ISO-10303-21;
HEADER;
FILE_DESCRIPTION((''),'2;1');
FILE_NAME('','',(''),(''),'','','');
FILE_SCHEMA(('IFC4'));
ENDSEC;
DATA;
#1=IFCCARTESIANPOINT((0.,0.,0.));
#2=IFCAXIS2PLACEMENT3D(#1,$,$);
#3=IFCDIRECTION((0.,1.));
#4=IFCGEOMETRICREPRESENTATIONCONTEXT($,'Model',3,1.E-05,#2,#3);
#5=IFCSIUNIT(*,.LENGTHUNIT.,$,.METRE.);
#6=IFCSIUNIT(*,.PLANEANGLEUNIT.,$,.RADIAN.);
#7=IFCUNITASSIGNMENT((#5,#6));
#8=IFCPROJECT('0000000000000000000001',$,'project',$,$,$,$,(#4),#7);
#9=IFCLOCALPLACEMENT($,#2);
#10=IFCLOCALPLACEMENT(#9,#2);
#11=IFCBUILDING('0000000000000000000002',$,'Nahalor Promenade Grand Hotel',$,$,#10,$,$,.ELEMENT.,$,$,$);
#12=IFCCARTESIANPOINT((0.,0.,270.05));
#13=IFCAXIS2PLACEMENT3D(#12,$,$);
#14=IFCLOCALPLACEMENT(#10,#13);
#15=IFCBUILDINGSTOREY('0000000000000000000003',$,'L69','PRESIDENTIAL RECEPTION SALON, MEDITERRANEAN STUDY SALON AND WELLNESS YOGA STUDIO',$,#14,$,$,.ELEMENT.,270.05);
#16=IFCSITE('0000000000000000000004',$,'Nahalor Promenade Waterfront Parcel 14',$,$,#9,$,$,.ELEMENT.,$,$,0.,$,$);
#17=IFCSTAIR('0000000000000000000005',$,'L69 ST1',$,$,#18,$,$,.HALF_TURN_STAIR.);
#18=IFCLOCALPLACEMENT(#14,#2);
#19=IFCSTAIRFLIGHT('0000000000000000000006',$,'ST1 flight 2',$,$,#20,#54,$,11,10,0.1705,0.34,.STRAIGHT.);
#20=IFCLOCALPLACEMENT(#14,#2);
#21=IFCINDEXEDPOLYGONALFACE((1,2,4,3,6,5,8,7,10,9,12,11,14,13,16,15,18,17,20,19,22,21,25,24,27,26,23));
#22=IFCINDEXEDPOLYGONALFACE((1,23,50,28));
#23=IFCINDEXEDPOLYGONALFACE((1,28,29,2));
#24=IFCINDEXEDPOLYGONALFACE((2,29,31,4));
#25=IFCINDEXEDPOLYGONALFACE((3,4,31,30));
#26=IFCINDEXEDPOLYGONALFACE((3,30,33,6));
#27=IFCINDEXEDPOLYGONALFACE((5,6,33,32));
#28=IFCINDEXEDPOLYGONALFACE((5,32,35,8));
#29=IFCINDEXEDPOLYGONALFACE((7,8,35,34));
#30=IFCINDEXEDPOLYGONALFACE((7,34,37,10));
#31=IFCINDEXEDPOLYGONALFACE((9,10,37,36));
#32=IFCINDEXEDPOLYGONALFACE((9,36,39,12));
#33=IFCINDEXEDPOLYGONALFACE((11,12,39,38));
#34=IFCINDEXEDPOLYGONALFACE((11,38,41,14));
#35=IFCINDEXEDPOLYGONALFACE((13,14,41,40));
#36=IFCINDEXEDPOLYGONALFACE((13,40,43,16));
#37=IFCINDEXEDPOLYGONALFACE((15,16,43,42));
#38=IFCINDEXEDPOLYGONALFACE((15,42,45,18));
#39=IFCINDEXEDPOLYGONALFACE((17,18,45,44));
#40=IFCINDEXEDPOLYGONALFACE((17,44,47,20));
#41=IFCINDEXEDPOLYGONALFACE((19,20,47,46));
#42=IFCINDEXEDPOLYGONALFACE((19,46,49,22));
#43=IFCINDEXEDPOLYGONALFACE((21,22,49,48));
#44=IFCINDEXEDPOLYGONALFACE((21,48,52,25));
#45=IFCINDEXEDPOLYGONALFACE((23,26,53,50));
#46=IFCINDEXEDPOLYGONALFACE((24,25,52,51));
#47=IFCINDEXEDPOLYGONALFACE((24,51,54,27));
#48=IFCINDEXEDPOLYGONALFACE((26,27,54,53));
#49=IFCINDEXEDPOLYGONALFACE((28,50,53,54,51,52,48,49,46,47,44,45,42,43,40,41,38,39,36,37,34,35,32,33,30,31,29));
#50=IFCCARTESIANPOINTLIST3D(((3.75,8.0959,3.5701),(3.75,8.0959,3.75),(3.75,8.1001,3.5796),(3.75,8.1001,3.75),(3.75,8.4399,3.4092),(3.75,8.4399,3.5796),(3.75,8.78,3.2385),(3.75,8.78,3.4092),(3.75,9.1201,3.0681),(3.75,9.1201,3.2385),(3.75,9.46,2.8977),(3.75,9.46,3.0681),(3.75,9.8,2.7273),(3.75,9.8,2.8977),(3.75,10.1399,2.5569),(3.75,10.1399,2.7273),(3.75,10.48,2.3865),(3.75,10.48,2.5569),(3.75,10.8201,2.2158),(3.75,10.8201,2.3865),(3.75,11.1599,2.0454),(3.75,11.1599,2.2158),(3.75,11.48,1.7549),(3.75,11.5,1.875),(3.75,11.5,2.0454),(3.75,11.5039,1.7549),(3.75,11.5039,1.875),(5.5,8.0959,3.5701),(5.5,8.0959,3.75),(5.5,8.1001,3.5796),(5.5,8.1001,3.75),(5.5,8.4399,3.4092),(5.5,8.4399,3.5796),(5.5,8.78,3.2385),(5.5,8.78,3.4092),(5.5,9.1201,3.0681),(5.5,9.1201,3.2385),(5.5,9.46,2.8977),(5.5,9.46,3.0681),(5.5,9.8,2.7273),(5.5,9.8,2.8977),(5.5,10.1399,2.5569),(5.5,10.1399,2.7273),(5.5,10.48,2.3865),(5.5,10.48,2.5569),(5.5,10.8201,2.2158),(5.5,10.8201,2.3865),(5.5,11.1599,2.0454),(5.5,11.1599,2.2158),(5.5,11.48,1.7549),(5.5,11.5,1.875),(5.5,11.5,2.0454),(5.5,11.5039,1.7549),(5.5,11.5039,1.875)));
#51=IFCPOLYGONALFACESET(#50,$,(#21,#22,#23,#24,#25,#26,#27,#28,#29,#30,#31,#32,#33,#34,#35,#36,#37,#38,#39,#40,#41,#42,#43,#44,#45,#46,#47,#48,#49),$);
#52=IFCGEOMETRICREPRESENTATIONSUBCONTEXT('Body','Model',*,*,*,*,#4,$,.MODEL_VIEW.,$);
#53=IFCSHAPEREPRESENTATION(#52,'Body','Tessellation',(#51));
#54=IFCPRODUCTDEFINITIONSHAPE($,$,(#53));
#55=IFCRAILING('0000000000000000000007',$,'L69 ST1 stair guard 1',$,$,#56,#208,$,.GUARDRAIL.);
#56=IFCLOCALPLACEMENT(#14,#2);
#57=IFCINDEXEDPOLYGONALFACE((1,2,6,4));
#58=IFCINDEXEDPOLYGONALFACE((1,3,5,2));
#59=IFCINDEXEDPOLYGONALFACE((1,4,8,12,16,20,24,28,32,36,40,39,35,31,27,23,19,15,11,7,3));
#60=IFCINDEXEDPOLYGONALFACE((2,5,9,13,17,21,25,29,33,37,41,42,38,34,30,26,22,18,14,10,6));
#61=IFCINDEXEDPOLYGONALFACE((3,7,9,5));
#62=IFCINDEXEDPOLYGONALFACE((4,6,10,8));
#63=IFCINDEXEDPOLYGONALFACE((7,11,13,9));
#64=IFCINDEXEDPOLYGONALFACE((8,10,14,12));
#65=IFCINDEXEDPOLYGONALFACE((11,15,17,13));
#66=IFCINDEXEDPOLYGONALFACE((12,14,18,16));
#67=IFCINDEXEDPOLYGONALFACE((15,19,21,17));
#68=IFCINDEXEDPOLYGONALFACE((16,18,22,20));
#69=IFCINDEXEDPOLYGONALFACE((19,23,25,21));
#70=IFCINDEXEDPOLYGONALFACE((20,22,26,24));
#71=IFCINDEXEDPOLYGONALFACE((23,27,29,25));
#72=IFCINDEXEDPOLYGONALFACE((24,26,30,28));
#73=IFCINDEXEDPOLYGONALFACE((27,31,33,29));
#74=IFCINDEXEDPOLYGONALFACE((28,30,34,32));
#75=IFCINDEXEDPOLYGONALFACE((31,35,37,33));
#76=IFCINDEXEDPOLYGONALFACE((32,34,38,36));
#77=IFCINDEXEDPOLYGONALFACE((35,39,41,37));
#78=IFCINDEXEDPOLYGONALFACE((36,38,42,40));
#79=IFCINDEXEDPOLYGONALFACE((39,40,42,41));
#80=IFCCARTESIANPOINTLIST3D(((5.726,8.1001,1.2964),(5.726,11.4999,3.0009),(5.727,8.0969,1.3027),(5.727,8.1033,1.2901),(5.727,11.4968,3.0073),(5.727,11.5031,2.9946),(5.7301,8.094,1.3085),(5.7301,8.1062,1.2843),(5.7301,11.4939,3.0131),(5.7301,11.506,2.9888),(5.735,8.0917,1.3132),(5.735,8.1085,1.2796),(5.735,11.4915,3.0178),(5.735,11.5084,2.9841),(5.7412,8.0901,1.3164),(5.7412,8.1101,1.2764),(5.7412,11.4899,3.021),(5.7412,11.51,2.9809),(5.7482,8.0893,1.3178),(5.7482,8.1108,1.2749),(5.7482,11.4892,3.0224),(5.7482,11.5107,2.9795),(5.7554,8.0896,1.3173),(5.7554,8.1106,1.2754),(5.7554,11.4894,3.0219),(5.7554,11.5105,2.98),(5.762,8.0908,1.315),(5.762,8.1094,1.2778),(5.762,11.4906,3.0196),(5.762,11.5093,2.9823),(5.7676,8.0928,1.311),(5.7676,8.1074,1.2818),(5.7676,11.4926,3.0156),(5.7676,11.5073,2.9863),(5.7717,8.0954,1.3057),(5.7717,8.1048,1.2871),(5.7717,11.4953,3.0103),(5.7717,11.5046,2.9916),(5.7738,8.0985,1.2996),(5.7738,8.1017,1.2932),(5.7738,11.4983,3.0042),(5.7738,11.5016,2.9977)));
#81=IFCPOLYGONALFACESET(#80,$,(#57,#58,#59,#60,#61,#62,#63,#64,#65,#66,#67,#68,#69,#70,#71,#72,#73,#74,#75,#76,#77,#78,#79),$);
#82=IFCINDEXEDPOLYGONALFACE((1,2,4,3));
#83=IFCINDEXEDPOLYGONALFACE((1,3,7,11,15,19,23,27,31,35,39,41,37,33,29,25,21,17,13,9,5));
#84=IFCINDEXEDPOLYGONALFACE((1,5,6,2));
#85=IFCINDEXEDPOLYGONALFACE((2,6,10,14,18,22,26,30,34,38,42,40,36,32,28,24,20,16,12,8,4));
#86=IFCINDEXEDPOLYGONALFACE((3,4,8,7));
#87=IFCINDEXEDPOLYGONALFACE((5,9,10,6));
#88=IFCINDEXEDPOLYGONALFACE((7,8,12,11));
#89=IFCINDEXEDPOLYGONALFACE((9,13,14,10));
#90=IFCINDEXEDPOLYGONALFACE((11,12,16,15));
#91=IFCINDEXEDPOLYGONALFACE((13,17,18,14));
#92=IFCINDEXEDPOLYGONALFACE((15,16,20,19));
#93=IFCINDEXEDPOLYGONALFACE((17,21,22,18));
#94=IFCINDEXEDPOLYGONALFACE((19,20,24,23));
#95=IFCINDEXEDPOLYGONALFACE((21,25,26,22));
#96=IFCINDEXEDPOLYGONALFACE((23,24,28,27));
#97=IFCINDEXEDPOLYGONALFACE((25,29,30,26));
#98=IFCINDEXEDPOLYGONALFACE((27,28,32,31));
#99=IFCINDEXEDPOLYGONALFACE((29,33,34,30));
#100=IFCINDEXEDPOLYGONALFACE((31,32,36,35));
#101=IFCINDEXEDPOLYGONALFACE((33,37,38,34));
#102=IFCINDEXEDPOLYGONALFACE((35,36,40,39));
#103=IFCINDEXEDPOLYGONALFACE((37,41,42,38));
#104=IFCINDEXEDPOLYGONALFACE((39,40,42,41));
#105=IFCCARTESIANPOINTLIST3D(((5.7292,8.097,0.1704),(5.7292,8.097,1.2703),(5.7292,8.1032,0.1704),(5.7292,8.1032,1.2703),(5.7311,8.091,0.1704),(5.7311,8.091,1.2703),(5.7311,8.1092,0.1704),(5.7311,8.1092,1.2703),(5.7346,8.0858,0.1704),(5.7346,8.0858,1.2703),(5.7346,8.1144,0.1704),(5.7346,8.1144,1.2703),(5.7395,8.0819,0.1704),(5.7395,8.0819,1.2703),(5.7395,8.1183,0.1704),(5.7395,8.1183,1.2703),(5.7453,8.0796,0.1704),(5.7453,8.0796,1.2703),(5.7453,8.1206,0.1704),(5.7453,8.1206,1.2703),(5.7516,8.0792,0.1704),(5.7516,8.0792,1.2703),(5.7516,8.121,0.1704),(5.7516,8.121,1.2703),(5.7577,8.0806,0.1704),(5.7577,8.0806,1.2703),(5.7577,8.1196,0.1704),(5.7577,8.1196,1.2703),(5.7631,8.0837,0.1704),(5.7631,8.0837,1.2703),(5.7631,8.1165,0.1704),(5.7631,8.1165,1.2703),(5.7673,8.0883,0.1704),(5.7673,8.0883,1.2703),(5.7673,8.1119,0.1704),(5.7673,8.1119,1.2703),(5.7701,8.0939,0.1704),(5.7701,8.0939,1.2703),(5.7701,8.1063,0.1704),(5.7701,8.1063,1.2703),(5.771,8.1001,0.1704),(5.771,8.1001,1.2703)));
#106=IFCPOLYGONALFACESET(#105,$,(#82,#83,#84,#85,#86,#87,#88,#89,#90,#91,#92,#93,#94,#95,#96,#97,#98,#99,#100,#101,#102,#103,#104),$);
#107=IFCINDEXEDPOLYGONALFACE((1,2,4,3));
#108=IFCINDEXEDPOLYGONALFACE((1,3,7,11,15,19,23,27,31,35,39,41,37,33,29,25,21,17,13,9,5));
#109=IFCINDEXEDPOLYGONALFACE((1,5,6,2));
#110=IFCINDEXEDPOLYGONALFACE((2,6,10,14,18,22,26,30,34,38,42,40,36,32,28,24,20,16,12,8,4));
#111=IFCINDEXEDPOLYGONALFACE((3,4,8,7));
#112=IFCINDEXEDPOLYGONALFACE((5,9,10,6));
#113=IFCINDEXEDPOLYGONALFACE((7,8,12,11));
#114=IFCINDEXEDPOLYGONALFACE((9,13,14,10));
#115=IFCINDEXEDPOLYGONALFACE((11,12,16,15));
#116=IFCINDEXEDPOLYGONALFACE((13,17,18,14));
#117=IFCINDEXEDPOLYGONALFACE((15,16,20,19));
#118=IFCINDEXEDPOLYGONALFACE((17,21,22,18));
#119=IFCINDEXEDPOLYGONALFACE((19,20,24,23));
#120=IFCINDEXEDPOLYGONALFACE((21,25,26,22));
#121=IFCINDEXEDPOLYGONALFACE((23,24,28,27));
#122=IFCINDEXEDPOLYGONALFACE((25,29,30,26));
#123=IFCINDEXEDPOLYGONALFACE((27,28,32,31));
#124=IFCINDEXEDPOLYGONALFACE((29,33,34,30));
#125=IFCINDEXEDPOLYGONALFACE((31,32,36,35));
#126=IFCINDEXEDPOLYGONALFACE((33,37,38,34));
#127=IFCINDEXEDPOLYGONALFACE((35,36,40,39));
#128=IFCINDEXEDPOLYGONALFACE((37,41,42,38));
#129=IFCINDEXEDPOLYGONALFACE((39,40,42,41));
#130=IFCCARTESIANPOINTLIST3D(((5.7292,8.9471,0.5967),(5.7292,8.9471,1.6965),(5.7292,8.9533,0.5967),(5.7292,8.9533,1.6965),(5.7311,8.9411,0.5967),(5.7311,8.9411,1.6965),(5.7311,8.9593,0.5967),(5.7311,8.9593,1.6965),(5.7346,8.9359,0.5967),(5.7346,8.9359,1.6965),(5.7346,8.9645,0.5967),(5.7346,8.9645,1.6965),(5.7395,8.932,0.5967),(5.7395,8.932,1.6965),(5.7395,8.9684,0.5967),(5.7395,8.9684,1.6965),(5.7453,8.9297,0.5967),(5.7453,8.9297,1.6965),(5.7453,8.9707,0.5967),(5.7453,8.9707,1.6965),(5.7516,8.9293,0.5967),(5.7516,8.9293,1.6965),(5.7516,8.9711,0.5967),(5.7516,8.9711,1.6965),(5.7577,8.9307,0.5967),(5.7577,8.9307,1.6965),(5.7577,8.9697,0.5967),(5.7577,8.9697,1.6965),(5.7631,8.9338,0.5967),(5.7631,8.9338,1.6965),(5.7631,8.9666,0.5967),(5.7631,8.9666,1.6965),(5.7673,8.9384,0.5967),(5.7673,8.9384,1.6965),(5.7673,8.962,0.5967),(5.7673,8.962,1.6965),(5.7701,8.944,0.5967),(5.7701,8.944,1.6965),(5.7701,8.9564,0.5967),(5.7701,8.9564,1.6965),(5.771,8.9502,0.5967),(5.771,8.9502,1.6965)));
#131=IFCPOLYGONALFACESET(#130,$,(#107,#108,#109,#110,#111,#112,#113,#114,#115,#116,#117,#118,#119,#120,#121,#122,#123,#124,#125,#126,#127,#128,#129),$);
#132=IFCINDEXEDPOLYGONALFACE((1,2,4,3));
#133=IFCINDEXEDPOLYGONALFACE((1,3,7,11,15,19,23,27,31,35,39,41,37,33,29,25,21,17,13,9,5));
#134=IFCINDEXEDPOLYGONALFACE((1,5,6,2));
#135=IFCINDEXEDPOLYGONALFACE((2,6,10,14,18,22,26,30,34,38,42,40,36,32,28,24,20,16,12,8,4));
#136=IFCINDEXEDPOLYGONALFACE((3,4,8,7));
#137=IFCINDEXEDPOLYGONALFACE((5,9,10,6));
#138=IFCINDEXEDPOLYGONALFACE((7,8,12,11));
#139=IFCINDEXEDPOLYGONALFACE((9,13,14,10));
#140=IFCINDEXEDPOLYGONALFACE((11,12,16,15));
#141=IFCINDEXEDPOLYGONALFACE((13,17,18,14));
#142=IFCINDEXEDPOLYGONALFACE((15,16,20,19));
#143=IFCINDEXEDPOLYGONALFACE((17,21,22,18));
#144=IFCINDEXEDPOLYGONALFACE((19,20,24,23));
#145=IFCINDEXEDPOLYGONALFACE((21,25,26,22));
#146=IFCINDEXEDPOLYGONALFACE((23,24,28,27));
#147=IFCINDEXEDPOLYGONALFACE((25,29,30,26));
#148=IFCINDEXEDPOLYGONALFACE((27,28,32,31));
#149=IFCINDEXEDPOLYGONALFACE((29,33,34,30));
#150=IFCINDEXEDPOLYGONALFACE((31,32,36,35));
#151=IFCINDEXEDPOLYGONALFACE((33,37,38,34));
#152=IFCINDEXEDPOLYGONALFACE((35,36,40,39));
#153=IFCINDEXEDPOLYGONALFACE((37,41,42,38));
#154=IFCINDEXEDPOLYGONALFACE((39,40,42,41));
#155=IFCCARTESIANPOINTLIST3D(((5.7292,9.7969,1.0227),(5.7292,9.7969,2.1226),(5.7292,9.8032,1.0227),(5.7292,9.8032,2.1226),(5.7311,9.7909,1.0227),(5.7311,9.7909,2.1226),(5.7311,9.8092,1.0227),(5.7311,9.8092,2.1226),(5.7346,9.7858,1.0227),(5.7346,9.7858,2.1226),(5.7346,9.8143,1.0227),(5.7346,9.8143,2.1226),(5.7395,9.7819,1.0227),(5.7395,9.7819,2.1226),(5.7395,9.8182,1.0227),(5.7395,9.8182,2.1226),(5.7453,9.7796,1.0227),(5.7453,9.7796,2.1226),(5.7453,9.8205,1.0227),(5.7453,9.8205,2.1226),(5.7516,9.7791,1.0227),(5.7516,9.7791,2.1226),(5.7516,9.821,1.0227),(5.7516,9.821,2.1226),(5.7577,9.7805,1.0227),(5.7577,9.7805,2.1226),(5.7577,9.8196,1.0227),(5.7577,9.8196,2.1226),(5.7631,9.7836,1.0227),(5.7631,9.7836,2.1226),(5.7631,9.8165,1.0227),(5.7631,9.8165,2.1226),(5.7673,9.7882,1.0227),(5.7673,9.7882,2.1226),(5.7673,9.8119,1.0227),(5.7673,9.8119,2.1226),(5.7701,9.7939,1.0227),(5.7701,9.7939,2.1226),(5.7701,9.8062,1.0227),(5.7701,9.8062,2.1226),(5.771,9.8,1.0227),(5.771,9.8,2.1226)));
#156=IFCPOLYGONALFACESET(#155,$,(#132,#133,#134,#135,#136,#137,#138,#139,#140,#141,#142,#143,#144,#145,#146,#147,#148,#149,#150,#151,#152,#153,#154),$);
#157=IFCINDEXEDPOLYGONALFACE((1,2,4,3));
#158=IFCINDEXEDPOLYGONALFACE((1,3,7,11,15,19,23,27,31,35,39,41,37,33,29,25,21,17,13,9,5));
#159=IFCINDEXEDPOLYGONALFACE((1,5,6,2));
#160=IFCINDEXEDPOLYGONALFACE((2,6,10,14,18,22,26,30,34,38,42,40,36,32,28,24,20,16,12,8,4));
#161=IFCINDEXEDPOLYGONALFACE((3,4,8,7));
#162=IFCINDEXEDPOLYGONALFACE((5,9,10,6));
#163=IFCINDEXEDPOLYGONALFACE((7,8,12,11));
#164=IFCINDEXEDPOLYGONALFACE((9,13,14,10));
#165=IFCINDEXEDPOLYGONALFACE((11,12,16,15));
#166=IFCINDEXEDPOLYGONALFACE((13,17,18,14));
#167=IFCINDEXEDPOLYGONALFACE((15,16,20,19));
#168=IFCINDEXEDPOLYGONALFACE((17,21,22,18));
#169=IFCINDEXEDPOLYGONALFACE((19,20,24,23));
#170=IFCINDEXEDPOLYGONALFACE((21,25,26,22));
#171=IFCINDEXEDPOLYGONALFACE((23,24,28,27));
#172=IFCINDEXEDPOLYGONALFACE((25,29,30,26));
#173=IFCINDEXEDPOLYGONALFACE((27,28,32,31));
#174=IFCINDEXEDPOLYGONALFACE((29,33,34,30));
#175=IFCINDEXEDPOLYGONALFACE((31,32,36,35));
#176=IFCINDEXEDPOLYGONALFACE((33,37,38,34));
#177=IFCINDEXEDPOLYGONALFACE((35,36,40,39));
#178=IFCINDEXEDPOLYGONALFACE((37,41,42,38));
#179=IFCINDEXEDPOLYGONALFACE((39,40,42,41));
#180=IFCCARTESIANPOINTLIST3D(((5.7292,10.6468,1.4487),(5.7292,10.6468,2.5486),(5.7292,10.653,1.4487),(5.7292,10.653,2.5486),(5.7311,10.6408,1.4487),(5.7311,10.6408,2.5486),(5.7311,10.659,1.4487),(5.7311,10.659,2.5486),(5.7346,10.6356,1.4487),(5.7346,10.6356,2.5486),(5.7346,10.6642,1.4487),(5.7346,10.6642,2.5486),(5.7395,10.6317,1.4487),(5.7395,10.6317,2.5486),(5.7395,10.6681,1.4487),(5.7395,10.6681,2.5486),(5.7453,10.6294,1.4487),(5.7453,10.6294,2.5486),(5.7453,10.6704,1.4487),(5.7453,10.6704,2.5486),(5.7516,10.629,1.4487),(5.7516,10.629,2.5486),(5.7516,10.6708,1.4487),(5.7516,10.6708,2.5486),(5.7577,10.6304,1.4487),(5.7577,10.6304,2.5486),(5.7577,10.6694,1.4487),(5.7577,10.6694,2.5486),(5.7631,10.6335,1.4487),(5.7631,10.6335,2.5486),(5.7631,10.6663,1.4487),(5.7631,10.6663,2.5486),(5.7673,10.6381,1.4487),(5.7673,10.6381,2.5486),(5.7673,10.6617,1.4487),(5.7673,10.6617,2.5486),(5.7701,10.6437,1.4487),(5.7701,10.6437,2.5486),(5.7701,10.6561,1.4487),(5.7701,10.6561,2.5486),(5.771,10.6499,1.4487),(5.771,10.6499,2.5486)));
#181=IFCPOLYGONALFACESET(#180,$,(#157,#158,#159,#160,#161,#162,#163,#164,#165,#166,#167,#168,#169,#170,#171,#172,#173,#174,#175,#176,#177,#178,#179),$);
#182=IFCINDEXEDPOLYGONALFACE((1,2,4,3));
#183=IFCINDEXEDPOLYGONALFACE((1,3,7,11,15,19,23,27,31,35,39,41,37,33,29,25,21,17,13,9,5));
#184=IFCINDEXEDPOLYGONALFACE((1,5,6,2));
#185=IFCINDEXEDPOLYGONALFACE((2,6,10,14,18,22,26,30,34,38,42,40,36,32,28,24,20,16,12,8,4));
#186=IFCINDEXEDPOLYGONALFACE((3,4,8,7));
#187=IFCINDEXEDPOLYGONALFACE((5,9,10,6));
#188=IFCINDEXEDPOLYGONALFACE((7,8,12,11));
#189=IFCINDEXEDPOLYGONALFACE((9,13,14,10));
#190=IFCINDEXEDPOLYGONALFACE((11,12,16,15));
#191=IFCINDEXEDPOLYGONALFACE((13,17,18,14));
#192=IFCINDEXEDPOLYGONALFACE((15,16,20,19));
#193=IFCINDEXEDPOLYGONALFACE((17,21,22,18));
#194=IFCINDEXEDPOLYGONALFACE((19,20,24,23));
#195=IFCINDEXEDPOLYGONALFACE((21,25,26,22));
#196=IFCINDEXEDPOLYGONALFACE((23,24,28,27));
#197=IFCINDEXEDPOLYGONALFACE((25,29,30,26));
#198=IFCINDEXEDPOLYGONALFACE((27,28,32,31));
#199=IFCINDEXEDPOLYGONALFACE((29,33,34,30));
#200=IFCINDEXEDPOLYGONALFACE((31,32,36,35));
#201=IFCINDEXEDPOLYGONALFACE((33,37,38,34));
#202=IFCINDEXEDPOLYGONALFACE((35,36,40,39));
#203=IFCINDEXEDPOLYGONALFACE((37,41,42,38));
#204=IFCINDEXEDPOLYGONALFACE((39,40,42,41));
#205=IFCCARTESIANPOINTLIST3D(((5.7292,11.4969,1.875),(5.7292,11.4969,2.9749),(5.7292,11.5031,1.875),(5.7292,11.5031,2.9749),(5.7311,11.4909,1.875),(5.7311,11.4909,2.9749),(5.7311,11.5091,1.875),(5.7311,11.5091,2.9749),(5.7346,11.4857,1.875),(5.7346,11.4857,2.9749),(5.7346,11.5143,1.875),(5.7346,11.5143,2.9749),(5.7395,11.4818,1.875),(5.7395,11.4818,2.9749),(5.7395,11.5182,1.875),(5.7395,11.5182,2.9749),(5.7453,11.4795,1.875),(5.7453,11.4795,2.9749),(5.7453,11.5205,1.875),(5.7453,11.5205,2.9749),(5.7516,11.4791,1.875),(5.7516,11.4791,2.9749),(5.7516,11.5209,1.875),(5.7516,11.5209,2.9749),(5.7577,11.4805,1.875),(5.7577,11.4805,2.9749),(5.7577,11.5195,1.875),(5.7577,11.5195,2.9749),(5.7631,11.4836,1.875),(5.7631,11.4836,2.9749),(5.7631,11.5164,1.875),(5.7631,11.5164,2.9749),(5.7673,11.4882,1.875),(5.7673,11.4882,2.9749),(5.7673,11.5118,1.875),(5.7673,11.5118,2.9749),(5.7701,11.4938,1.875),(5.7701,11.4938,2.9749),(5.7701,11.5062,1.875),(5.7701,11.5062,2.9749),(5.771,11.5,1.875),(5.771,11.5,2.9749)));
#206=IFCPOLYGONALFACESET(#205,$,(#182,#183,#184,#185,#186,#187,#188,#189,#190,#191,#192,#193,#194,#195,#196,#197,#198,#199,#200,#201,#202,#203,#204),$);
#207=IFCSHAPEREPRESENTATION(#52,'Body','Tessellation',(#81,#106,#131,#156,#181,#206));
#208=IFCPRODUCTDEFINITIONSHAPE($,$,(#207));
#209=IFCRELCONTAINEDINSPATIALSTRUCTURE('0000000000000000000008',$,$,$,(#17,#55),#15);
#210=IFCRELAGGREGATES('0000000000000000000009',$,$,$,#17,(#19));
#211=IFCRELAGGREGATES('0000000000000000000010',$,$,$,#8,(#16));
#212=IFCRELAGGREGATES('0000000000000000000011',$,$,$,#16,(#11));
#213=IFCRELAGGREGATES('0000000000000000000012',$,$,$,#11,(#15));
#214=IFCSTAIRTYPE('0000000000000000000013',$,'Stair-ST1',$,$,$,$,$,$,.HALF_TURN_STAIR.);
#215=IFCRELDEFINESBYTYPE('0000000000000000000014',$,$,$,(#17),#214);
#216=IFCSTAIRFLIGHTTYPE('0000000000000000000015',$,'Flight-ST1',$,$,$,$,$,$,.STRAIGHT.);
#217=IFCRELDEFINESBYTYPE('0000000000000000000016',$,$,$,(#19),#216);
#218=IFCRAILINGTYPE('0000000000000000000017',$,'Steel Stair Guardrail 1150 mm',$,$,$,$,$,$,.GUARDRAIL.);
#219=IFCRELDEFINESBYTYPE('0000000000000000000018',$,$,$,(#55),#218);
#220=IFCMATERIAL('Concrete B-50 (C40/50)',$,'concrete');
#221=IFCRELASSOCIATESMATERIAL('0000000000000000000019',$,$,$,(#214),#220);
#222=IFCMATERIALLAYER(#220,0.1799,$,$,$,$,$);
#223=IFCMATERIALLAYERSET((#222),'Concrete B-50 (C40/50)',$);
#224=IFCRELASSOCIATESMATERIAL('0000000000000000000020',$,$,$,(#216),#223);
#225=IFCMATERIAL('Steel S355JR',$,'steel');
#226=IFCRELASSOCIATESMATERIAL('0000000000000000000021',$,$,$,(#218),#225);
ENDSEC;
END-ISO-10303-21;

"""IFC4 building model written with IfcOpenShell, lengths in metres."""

from ifc_helpers import new_model, si_unit, direction, frame, origin, origin_2d, place, context, subcontext, project, spatial, polyline, circle, outline, extrude, source, transform, mapped, material, layer, layer_set, type_object, element, aggregate, save


model = new_model("IFC4")

# Units and contexts
model_context = context("Model", 3, precision=1e-05, world=origin(), true_north=direction((0.0, 1.0)))
body_context = subcontext(model_context, "Body", "Model", "MODEL_VIEW")
ifc_project = project(units=[si_unit("LENGTHUNIT", "METRE"), si_unit("PLANEANGLEUNIT", "RADIAN")], contexts=[model_context])

# Site, building, storey
site_placement = place(None, origin())
site = spatial("IfcSite", under=ifc_project, at=site_placement, Name="Nahalor Promenade Waterfront Parcel 14", CompositionType="ELEMENT", RefElevation=0.0)
building_placement = place(site_placement, origin())
building = spatial("IfcBuilding", under=site, at=building_placement, Name="Nahalor Promenade Grand Hotel", CompositionType="ELEMENT")
storey_placement = place(building_placement, frame((0.0, 0.0, 270.05)))
storey = spatial("IfcBuildingStorey", under=building, at=storey_placement, Name="L69", Description="PRESIDENTIAL RECEPTION SALON, MEDITERRANEAN STUDY SALON AND WELLNESS YOGA STUDIO", CompositionType="ELEMENT", Elevation=270.05)

# Shared definitions
ifc_material_1 = material(Name="Steel S355JR", Category="steel")

# Shared definitions
ifc_material_2 = material(Name="Concrete B-50 (C40/50)", Category="concrete")

# Stair, stair flight
stair_type = type_object("IfcStairType", Name="Stair-ST1", PredefinedType="HALF_TURN_STAIR", material=ifc_material_2)
stair_placement = place(storey_placement, origin())
stair = element("IfcStair", 1, at=stair_placement, inside=storey, type_object=stair_type, Name="L69 ST1", PredefinedType="HALF_TURN_STAIR")
ifc_layer_1 = layer(ifc_material_2, 0.1799)
ifc_layer_set_1 = layer_set([ifc_layer_1], Name="Concrete B-50 (C40/50)")
stair_flight_type = type_object("IfcStairFlightType", Name="Flight-ST1", PredefinedType="STRAIGHT", material=ifc_layer_set_1)
shared_shape_1 = source(origin(), body_context, "Body", "SweptSolid", [
    extrude(outline(polyline([(-0.0039, -0.1201), (-0.0039, 0.0), (0.0, 0.0), (0.0, 0.1704), (0.3401, 0.1704), (0.3401, 0.3408), (0.6799, 0.3408), (0.6799, 0.5115), (1.02, 0.5115), (1.02, 0.6819), (1.3601, 0.6819), (1.3601, 0.8523), (1.7, 0.8523), (1.7, 1.0227), (2.04, 1.0227), (2.04, 1.1931), (2.3799, 1.1931), (2.3799, 1.3635), (2.72, 1.3635), (2.72, 1.5342), (3.0601, 1.5342), (3.0601, 1.7046), (3.3999, 1.7046), (3.3999, 1.875), (3.4041, 1.875), (3.4041, 1.6951), (0.02, -0.1201), (-0.0039, -0.1201)])), frame((0.0, 0.875, 0.0), z_axis=(0.0, -1.0, 0.0), x_axis=(1.0, 0.0, 0.0)), (0.0, 0.0, 1.0), 1.75),
])
stair_flight_1_placement = place(storey_placement, frame((4.625, 11.5, 1.875), z_axis=(0.0, 0.0, 1.0), x_axis=(0.0, -1.0, 0.0)))
stair_flight_1 = element("IfcStairFlight", 2, at=stair_flight_1_placement, type_object=stair_flight_type, Name="ST1 flight 2", NumberOfRisers=11, NumberOfTreads=10, PredefinedType="STRAIGHT", RiserHeight=0.1705, TreadLength=0.34, context=body_context, shape_type="MappedRepresentation", body=[
    mapped(shared_shape_1, transform((0.0, 0.0, 0.0), scale=1.0)),
])
aggregate(stair, [stair_flight_1])

# Railing
railing_type_1 = type_object("IfcRailingType", Name="Steel Stair Guardrail 1150 mm", PredefinedType="GUARDRAIL", material=ifc_material_1)
railing_1_placement = place(storey_placement, frame((5.75, 8.1001, 0.1704)))
element("IfcRailing", 3, at=railing_1_placement, inside=storey, type_object=railing_type_1, Name="L69 ST1 stair guard 1", PredefinedType="GUARDRAIL", context=body_context, shape_type="SweptSolid", body=[
    extrude(circle(Radius=0.024, at=origin_2d()), frame((0.0, 0.0, 1.126), z_axis=(0.0, 0.893939, 0.448189), x_axis=(-1.0, 0.0, 0.0)), (0.0, 0.0, 1.0), 3.8032),
    extrude(circle(Radius=0.021, at=origin_2d()), origin(), (0.0, 0.0, 1.0), 1.0999),
    extrude(circle(Radius=0.021, at=origin_2d()), frame((0.0, 0.8501, 0.4263)), (0.0, 0.0, 1.0), 1.0999),
    extrude(circle(Radius=0.021, at=origin_2d()), frame((0.0, 1.7, 0.8523)), (0.0, 0.0, 1.0), 1.0999),
    extrude(circle(Radius=0.021, at=origin_2d()), frame((0.0, 2.5498, 1.2783)), (0.0, 0.0, 1.0), 1.0999),
    extrude(circle(Radius=0.021, at=origin_2d()), frame((0.0, 3.3999, 1.7046)), (0.0, 0.0, 1.0), 1.0999),
])

save(model, "model.ifc")
